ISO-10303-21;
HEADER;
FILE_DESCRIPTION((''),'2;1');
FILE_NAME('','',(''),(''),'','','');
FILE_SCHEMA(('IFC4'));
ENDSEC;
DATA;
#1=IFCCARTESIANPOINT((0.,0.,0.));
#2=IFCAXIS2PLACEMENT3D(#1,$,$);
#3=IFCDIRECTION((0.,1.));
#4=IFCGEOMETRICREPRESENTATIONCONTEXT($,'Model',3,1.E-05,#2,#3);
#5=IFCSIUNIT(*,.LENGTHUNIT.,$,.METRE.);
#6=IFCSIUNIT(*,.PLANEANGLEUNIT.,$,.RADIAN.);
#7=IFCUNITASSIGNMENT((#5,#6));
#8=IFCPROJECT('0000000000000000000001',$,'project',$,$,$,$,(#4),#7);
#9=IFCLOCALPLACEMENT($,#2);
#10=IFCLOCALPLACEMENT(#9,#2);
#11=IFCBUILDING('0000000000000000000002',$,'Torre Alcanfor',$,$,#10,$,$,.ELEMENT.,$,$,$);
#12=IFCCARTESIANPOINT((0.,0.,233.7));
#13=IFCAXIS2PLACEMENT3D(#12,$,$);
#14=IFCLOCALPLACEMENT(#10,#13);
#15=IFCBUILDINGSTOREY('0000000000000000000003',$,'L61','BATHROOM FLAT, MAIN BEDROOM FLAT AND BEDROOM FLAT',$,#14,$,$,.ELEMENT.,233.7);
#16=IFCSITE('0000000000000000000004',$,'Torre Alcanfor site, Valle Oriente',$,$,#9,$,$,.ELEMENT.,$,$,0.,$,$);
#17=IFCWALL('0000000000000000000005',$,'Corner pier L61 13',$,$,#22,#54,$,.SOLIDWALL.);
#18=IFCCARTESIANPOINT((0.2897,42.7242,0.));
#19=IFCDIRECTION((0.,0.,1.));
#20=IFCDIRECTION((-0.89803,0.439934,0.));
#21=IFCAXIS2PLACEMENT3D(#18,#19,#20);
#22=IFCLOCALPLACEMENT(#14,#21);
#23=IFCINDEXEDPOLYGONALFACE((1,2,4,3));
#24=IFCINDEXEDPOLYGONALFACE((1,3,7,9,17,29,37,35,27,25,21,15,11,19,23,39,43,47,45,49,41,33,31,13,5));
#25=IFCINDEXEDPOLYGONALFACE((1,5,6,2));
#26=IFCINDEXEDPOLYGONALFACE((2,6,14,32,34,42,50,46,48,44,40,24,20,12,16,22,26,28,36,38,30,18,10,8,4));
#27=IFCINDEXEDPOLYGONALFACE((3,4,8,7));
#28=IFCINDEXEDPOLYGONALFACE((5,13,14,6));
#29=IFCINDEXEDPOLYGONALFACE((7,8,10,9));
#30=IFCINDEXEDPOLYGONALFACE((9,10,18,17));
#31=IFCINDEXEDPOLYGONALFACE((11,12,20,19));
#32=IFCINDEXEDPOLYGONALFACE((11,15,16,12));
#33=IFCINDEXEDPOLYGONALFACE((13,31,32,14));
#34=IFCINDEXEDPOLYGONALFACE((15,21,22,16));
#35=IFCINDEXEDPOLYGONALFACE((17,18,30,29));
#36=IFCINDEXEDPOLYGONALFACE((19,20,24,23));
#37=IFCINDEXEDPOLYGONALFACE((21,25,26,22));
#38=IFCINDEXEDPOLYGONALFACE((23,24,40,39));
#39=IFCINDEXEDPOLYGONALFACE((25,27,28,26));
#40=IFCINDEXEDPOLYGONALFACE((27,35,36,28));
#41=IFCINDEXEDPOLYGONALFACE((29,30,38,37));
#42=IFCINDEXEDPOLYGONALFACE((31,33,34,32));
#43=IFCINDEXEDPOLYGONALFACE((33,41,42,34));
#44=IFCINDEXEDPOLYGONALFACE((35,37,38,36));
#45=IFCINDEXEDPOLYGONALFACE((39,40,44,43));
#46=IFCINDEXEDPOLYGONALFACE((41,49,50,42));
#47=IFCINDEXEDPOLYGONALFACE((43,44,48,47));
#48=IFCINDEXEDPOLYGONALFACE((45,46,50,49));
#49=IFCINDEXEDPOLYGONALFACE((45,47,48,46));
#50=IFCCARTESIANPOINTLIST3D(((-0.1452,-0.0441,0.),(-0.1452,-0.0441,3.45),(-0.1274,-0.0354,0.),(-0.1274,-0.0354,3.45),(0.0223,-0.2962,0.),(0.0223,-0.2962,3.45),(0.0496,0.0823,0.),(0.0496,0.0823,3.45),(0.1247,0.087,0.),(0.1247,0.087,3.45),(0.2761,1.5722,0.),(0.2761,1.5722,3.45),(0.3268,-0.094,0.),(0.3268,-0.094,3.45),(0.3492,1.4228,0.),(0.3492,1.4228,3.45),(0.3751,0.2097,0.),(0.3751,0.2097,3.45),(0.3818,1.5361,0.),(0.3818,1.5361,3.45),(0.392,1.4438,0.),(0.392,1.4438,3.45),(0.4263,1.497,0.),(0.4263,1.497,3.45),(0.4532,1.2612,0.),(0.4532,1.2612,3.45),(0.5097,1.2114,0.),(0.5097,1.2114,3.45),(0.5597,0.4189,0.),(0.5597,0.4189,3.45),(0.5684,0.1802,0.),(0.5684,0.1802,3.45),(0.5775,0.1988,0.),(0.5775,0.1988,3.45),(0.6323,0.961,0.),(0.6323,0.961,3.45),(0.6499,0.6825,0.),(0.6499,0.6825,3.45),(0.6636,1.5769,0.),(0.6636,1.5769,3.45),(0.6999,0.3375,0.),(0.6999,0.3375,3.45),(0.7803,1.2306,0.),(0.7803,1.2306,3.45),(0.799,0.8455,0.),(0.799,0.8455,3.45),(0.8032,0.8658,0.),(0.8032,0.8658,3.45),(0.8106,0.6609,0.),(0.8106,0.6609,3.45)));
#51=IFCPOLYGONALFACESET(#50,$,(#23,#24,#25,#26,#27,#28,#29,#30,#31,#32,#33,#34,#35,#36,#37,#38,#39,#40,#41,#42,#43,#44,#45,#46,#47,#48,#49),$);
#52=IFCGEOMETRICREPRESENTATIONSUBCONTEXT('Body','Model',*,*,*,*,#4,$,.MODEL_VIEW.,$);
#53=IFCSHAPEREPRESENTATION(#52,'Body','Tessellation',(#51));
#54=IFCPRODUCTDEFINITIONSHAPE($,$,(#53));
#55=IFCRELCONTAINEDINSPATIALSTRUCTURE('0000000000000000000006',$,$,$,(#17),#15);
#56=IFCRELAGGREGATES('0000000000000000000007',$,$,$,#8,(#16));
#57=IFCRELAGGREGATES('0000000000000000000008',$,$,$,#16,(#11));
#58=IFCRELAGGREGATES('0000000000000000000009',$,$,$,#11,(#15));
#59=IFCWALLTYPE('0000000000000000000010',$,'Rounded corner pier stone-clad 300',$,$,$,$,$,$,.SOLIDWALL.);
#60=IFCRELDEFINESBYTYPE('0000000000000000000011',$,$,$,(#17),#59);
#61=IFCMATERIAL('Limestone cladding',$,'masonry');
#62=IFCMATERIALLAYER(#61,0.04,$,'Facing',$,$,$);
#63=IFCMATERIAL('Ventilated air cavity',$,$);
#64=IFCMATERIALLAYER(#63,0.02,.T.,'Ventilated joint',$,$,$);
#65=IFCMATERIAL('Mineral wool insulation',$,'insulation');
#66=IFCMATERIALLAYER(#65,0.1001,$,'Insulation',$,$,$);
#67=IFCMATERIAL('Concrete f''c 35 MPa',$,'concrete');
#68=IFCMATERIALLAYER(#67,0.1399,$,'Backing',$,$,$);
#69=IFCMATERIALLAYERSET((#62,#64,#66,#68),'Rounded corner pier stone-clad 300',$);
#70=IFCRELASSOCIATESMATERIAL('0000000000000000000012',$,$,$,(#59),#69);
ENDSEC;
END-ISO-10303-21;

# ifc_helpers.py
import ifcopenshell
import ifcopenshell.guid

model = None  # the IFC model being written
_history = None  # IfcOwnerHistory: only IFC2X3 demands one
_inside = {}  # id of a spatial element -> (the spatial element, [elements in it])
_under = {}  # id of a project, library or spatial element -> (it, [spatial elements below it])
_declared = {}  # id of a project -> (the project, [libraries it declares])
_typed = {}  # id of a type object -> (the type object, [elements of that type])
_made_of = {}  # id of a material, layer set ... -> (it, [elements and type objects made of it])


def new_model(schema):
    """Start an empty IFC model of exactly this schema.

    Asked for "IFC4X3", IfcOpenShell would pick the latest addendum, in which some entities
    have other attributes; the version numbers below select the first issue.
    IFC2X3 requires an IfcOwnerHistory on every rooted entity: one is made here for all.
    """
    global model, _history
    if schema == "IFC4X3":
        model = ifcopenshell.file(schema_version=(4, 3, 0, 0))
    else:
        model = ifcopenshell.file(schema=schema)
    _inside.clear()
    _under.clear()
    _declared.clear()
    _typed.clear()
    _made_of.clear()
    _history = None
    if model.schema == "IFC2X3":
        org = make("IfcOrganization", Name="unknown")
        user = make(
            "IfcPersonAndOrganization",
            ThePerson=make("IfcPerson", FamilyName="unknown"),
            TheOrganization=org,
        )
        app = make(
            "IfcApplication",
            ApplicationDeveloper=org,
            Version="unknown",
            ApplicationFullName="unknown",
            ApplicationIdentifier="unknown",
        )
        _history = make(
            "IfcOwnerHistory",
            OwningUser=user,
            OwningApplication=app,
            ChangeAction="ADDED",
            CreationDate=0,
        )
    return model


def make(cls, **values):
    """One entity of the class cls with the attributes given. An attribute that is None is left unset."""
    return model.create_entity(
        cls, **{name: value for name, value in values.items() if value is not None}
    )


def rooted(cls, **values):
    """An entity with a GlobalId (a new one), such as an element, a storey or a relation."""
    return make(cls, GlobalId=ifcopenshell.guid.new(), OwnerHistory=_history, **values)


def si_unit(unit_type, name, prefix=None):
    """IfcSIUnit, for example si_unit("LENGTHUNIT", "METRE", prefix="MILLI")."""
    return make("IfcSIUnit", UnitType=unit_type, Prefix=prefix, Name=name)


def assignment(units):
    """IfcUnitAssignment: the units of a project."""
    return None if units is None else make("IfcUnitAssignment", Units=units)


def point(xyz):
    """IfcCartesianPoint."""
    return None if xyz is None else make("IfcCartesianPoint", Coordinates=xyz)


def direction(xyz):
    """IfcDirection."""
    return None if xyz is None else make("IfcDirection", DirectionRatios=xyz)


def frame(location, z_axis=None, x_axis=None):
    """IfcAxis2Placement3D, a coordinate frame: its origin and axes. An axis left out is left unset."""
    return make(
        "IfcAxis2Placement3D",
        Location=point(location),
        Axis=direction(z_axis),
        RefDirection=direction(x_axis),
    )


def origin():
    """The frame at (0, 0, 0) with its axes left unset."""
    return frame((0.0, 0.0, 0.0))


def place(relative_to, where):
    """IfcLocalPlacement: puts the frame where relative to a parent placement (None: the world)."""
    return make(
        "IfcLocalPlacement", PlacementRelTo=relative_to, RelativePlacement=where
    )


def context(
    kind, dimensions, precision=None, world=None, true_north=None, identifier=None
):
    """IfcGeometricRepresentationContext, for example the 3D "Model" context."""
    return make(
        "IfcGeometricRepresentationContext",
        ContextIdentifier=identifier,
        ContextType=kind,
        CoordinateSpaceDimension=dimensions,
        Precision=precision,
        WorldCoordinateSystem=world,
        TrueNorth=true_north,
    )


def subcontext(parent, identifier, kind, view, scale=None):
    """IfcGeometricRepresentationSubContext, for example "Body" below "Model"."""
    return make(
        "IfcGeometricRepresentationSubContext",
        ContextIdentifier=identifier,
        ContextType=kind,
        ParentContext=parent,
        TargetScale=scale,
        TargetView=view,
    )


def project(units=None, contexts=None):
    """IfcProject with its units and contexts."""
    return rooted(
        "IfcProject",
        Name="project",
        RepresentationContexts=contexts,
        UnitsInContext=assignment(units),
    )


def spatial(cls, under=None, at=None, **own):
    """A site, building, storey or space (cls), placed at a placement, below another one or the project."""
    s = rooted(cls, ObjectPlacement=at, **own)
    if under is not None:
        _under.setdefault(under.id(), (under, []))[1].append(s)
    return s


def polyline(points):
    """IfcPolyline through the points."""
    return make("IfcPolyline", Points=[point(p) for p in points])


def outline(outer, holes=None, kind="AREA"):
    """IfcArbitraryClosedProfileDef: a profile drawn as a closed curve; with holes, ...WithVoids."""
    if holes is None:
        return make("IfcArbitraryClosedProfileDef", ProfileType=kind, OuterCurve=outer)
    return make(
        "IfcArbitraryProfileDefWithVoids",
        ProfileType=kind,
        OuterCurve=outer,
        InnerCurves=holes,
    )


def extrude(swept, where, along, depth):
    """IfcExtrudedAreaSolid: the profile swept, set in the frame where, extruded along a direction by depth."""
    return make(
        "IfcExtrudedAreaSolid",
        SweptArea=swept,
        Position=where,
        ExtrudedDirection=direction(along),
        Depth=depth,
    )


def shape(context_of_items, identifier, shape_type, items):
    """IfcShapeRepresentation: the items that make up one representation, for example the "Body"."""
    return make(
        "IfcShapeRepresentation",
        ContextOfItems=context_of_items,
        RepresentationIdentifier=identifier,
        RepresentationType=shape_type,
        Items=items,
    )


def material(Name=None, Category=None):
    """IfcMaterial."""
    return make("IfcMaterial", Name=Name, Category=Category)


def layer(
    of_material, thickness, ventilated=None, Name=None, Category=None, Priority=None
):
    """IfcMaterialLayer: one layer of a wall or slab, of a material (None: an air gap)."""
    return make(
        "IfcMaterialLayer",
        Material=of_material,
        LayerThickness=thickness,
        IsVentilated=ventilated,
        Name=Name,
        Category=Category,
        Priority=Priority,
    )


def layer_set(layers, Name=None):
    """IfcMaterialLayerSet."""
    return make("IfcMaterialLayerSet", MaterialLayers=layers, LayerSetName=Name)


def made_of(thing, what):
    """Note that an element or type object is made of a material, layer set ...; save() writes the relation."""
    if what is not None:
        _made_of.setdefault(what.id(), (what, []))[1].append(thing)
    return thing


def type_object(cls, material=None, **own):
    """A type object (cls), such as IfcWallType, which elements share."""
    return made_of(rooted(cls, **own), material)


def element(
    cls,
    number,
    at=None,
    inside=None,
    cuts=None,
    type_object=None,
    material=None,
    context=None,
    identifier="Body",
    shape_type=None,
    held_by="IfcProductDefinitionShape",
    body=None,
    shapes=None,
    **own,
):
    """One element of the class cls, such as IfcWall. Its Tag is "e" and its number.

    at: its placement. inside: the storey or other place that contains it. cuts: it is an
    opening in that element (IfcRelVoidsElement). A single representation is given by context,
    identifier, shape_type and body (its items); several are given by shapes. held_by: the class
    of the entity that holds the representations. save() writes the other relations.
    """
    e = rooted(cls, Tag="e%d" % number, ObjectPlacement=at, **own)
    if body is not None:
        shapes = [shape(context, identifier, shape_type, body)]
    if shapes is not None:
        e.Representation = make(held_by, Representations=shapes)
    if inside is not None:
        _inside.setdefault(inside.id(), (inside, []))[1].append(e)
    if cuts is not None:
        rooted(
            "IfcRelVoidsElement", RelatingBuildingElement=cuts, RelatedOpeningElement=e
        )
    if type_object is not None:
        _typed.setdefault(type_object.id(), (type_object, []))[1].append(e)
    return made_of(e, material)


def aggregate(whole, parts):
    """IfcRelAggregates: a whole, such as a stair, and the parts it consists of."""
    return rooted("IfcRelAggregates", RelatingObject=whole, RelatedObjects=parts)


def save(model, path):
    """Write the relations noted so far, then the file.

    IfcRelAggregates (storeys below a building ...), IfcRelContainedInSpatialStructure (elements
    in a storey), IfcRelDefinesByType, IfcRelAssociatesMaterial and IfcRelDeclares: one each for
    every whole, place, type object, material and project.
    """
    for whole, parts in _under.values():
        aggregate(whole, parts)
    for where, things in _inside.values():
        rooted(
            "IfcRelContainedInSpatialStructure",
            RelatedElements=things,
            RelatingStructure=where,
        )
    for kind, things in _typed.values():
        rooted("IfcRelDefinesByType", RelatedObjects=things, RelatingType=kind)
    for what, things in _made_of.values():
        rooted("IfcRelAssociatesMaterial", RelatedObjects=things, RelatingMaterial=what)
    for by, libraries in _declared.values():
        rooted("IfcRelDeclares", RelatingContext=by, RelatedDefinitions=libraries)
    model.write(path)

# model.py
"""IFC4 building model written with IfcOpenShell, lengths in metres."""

from ifc_helpers import new_model, si_unit, direction, frame, origin, place, context, subcontext, project, spatial, polyline, outline, extrude, material, layer, layer_set, type_object, element, save


model = new_model("IFC4")

# Units and contexts
model_context = context("Model", 3, precision=1e-05, world=origin(), true_north=direction((0.0, 1.0)))
body_context = subcontext(model_context, "Body", "Model", "MODEL_VIEW")
ifc_project = project(units=[si_unit("LENGTHUNIT", "METRE"), si_unit("PLANEANGLEUNIT", "RADIAN")], contexts=[model_context])

# Site, building, storey
site_placement = place(None, origin())
site = spatial("IfcSite", under=ifc_project, at=site_placement, Name="Torre Alcanfor site, Valle Oriente", CompositionType="ELEMENT", RefElevation=0.0)
building_placement = place(site_placement, origin())
building = spatial("IfcBuilding", under=site, at=building_placement, Name="Torre Alcanfor", CompositionType="ELEMENT")
storey_placement = place(building_placement, frame((0.0, 0.0, 233.7)))
storey = spatial("IfcBuildingStorey", under=building, at=storey_placement, Name="L61", Description="BATHROOM FLAT, MAIN BEDROOM FLAT AND BEDROOM FLAT", CompositionType="ELEMENT", Elevation=233.7)

# Wall
ifc_material_1 = material(Name="Limestone cladding", Category="masonry")
ifc_layer_1 = layer(ifc_material_1, 0.04, Name="Facing")
ifc_material_2 = material(Name="Ventilated air cavity")
ifc_layer_2 = layer(ifc_material_2, 0.02, ventilated=True, Name="Ventilated joint")
ifc_material_3 = material(Name="Mineral wool insulation", Category="insulation")
ifc_layer_3 = layer(ifc_material_3, 0.1001, Name="Insulation")
ifc_material_4 = material(Name="Concrete f'c 35 MPa", Category="concrete")
ifc_layer_4 = layer(ifc_material_4, 0.1399, Name="Backing")
ifc_layer_set_1 = layer_set([ifc_layer_1, ifc_layer_2, ifc_layer_3, ifc_layer_4], Name="Rounded corner pier stone-clad 300")
wall_type_1 = type_object("IfcWallType", Name="Rounded corner pier stone-clad 300", PredefinedType="SOLIDWALL", material=ifc_layer_set_1)
wall_1_placement = place(storey_placement, frame((0.2897, 42.7242, 0.0), z_axis=(0.0, 0.0, 1.0), x_axis=(-0.89803, 0.439934, 0.0)))
element("IfcWall", 1, at=wall_1_placement, inside=storey, type_object=wall_type_1, Name="Corner pier L61 13", PredefinedType="SOLIDWALL", context=body_context, shape_type="SweptSolid", body=[
    extrude(outline(polyline([(-0.1452, -0.0441), (0.0223, -0.2962), (0.3268, -0.094), (0.5684, 0.1802), (0.5775, 0.1988), (0.6999, 0.3375), (0.8106, 0.6609), (0.799, 0.8455), (0.8032, 0.8658), (0.7803, 1.2306), (0.6636, 1.5769), (0.4263, 1.497), (0.3818, 1.5361), (0.2761, 1.5722), (0.3492, 1.4228), (0.392, 1.4438), (0.4532, 1.2612), (0.5097, 1.2114), (0.6323, 0.961), (0.6499, 0.6825), (0.5597, 0.4189), (0.3751, 0.2097), (0.1247, 0.087), (0.0496, 0.0823), (-0.1274, -0.0354), (-0.1452, -0.0441)])), origin(), (0.0, 0.0, 1.0), 3.45),
])

save(model, "model.ifc")
